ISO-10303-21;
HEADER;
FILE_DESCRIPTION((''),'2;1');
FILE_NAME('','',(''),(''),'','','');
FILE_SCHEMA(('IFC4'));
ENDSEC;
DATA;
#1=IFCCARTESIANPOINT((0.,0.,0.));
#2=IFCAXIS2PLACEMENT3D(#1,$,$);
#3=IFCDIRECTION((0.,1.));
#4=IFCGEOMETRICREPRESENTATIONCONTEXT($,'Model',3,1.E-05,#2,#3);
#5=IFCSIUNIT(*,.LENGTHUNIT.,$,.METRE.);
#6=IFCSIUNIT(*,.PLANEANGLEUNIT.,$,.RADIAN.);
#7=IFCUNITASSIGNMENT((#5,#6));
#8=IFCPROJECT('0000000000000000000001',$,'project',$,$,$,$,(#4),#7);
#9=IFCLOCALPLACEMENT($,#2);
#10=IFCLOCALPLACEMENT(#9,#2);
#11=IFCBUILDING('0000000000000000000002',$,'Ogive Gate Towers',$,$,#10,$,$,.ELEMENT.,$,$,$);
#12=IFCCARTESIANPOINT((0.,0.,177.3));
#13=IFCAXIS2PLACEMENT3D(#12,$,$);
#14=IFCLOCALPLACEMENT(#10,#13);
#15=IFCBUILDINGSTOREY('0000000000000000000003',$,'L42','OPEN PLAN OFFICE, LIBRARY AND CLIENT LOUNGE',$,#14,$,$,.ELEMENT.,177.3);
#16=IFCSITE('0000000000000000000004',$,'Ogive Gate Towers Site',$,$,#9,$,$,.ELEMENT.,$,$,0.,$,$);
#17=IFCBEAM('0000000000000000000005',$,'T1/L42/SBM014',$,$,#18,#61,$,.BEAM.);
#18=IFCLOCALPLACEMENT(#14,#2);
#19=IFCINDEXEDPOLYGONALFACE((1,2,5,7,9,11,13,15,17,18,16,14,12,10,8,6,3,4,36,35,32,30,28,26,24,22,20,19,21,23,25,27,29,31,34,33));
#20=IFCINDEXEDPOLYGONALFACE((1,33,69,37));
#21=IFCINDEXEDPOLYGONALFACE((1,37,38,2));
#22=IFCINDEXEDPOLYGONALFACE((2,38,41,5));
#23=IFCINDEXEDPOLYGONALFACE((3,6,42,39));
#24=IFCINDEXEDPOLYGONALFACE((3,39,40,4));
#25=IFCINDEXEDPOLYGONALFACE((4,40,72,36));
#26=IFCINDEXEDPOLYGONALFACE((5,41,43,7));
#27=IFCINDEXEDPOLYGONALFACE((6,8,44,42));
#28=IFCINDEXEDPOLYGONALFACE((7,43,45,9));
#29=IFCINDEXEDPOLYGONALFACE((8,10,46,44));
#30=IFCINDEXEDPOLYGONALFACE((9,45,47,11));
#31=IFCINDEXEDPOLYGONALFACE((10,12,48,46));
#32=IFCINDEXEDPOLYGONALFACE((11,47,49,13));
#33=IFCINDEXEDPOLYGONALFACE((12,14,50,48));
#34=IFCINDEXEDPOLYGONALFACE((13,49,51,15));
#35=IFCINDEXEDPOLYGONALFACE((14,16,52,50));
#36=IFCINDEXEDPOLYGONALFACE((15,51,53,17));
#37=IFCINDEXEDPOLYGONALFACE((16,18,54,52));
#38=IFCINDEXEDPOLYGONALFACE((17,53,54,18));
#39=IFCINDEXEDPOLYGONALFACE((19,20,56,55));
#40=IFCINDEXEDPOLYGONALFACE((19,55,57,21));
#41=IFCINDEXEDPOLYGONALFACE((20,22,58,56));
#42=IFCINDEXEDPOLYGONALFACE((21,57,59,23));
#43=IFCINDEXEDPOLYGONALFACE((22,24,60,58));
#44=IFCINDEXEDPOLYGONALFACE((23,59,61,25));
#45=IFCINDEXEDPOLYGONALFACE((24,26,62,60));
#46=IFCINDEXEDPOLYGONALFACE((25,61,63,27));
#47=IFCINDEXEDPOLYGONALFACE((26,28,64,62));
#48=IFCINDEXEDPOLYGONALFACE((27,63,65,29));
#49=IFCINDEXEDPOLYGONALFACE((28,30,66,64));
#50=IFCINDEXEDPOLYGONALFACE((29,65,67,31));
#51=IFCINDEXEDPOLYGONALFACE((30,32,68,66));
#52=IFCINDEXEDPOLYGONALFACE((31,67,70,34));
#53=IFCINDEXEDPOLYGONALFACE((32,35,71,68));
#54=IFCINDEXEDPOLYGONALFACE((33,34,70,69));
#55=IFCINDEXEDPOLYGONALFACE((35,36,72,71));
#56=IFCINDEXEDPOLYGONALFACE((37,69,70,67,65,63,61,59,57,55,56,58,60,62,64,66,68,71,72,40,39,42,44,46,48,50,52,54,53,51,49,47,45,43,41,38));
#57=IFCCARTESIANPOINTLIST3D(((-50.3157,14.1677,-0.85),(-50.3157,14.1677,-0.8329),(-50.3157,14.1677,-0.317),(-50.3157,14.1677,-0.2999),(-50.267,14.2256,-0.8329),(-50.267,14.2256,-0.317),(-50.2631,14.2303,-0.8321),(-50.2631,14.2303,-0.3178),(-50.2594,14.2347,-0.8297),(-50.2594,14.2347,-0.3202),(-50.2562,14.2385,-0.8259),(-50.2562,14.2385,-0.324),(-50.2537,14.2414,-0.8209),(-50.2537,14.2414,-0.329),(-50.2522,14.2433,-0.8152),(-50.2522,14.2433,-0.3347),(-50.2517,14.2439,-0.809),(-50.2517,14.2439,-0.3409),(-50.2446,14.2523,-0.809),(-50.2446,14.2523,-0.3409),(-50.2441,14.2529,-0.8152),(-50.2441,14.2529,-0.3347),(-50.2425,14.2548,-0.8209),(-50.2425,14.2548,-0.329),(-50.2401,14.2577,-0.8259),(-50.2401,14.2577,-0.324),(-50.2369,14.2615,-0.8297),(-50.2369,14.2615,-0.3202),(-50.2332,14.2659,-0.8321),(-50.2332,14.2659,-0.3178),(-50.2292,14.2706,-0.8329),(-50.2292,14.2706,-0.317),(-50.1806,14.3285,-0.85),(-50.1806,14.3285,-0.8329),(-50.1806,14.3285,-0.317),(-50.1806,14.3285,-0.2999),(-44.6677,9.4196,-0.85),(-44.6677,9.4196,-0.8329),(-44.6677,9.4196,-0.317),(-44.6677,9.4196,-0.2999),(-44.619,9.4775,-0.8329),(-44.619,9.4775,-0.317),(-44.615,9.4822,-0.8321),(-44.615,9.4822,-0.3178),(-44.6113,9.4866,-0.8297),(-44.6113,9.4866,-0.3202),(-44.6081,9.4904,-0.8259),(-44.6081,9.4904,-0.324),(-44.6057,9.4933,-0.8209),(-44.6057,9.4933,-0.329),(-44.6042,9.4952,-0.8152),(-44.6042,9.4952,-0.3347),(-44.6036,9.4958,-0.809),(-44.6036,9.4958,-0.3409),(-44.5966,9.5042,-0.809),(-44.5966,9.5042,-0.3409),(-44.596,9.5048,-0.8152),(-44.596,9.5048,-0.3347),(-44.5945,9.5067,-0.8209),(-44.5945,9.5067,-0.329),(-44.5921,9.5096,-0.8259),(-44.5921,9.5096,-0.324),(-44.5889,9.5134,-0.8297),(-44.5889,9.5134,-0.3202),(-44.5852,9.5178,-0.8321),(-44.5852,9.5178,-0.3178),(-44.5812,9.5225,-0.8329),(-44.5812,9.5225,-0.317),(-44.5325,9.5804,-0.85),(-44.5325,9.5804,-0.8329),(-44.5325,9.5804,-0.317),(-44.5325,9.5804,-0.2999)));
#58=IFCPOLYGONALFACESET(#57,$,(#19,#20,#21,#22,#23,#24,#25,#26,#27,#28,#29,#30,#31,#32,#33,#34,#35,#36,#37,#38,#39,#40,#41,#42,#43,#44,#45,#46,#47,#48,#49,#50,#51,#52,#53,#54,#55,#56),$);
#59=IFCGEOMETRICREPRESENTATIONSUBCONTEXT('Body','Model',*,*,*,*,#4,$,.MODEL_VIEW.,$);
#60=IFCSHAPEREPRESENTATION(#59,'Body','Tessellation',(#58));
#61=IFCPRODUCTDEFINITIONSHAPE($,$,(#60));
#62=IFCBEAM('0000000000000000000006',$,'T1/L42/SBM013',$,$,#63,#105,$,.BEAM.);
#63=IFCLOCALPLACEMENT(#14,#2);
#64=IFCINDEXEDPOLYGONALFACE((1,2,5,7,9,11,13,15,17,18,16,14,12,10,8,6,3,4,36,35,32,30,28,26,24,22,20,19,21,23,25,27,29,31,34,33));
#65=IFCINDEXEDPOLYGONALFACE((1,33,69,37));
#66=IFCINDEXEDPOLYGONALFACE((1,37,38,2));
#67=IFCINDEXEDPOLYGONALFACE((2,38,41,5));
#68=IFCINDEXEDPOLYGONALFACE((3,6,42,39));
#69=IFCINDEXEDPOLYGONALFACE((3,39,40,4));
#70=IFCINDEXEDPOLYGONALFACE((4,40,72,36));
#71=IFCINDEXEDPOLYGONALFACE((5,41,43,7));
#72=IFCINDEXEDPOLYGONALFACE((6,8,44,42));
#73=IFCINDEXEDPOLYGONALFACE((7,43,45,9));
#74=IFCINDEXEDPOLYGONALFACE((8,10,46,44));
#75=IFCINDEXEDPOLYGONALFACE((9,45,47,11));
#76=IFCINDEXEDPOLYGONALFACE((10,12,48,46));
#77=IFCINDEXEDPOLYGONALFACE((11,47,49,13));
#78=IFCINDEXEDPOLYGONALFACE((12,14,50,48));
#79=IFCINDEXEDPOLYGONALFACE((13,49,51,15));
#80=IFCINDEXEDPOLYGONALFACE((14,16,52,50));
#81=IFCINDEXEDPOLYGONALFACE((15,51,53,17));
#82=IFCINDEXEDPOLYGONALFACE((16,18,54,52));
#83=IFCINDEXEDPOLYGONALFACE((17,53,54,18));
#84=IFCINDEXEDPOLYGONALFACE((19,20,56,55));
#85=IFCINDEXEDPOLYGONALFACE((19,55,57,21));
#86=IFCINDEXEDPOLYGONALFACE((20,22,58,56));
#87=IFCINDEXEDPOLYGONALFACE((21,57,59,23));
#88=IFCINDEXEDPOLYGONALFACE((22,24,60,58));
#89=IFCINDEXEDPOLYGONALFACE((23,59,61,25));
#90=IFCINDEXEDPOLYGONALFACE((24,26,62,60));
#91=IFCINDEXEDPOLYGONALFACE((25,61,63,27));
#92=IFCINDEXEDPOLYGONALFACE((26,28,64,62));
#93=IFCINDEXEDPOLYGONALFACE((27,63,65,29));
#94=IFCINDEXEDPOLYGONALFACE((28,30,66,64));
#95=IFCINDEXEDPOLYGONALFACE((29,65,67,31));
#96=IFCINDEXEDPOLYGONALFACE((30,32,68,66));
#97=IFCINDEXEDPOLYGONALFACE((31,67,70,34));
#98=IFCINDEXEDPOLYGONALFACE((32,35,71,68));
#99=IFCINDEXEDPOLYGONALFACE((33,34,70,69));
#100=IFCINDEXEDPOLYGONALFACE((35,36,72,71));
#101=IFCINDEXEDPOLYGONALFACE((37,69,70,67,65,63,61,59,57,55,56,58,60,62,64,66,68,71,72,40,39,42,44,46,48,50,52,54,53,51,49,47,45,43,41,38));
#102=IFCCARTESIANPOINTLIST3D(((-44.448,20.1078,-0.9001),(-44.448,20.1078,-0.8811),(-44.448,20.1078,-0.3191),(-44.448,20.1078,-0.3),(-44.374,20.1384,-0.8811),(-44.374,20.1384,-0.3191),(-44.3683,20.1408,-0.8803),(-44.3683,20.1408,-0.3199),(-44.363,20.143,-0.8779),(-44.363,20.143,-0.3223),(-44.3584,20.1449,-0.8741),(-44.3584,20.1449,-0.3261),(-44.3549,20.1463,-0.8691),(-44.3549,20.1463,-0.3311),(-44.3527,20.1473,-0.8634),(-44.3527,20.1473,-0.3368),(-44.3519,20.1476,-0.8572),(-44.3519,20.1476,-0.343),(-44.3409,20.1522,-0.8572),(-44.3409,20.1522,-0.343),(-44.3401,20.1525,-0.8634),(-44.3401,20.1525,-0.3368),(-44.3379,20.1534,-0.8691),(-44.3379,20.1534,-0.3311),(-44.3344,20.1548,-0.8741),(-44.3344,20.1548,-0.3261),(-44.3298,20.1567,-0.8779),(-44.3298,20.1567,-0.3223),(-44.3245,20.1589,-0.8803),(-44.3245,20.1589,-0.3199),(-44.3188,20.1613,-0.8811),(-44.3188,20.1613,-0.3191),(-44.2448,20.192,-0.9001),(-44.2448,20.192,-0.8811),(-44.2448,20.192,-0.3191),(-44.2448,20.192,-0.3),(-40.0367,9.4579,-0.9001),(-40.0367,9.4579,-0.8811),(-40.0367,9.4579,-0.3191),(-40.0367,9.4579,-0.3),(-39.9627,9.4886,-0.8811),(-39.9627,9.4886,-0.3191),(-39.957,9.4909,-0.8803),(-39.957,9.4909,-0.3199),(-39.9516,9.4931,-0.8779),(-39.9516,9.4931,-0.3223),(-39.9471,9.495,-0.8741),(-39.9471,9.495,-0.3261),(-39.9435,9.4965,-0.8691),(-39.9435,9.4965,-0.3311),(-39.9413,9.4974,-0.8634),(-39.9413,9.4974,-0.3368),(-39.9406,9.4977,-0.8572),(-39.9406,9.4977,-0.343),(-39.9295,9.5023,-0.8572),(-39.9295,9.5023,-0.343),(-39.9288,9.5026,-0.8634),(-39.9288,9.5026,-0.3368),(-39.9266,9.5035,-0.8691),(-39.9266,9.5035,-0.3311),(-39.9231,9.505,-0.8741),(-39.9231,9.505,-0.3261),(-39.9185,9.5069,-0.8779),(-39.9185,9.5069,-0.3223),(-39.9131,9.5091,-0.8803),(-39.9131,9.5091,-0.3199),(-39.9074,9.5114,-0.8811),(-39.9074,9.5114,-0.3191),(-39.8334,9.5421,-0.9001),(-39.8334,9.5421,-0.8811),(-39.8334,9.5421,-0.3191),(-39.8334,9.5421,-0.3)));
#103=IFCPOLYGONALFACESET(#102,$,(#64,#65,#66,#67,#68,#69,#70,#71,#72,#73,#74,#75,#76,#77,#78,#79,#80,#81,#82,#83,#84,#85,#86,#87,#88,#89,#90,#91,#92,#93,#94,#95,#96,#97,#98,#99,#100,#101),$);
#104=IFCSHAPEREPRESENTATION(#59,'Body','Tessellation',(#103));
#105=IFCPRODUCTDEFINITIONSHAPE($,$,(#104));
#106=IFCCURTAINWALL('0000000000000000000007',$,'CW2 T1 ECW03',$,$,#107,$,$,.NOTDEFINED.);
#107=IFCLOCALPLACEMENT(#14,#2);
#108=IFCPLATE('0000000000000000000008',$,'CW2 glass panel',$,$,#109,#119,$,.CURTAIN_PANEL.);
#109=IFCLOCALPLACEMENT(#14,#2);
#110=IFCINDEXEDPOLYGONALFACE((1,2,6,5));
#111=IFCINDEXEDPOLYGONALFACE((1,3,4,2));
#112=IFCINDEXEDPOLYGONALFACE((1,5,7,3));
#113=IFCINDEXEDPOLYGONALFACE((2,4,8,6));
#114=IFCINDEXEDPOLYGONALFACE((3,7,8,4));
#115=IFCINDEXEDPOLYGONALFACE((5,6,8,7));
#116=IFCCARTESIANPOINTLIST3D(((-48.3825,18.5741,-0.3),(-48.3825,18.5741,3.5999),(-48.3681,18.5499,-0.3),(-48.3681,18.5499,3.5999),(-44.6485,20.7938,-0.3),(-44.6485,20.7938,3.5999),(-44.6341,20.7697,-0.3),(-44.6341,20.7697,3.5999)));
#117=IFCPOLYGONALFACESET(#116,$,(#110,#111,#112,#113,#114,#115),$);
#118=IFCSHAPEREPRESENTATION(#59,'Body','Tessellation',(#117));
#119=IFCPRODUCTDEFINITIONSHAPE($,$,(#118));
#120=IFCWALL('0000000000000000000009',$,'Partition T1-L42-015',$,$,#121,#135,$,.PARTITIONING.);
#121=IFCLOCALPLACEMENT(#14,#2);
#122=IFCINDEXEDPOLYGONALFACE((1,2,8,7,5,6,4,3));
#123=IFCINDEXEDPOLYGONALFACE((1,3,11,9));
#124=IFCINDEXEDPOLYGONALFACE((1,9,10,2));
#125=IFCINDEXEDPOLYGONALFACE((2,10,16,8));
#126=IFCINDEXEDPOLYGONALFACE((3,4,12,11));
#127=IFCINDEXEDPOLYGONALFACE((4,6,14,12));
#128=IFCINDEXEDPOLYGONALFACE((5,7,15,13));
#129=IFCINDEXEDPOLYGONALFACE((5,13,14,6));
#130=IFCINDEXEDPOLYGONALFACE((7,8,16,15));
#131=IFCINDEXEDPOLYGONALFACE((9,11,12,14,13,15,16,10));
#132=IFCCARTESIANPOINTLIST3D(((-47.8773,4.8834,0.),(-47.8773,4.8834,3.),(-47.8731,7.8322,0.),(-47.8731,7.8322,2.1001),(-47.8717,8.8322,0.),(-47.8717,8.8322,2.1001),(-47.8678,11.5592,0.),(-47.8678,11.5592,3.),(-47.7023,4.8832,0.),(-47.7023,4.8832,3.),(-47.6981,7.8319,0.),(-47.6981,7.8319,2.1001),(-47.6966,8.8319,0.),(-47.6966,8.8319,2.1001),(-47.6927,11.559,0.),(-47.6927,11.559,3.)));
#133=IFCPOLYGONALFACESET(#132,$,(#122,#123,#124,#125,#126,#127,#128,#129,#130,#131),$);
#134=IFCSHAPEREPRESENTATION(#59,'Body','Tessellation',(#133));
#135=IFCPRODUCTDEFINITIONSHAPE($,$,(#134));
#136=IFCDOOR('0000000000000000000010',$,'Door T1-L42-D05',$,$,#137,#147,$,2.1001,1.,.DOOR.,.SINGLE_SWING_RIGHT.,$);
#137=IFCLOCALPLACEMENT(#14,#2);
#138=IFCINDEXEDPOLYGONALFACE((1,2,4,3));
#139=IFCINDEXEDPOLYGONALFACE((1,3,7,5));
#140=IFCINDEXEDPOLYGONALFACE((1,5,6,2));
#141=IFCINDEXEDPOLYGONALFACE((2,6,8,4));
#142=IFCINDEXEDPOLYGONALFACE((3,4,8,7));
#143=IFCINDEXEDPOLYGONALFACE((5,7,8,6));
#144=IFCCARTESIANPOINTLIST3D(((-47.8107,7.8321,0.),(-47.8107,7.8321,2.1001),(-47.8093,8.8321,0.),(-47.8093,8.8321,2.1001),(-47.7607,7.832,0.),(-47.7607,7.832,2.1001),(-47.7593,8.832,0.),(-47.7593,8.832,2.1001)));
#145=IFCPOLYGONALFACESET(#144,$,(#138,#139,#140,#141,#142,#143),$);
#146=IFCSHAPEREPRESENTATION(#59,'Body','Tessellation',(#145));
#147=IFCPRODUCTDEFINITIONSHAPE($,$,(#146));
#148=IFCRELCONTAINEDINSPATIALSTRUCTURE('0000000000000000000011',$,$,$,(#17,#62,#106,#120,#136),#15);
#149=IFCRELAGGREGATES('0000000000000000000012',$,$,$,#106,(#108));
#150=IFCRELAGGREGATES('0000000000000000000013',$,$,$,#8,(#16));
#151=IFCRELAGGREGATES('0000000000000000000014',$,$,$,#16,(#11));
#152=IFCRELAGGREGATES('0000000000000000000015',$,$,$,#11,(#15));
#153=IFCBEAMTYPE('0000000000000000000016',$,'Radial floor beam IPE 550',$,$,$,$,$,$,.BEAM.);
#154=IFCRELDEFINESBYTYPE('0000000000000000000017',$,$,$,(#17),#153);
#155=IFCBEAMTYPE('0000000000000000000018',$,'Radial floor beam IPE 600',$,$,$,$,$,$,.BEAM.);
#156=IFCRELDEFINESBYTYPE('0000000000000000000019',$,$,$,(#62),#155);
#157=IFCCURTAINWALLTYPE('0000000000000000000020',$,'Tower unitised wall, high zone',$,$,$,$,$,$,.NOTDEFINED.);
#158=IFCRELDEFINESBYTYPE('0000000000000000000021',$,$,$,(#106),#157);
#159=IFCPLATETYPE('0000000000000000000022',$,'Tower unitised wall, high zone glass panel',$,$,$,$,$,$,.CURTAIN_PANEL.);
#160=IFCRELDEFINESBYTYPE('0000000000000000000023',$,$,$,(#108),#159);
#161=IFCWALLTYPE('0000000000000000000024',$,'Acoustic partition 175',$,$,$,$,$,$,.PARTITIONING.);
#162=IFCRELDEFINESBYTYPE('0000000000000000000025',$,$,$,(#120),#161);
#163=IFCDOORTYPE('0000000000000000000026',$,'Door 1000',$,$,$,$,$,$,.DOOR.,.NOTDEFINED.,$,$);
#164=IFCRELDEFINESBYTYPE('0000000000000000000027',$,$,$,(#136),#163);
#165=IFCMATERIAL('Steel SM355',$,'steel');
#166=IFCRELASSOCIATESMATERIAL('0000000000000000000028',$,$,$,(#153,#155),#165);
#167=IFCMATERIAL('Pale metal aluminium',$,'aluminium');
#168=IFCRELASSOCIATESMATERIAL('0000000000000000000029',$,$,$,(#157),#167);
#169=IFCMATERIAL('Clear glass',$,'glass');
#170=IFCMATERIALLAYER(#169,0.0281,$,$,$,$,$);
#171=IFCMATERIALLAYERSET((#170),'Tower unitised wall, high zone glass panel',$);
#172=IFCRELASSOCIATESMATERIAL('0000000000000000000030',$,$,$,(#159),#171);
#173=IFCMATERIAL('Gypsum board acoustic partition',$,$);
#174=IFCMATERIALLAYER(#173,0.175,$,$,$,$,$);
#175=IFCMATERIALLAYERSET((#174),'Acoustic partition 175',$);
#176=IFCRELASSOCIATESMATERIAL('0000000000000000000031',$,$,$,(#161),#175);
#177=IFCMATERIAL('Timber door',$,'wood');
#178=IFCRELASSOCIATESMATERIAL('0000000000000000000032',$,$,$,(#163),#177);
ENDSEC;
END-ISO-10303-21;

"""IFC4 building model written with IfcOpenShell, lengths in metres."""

from ifc_helpers import new_model, si_unit, direction, frame, frame_2d, origin, origin_2d, place, context, subcontext, project, spatial, rectangle, i_section, extrude, material, layer, layer_set, material_profile, profile_set, type_object, element, fill, aggregate, save


model = new_model("IFC4")

# Units and contexts
model_context = context("Model", 3, precision=1e-05, world=origin(), true_north=direction((0.0, 1.0)))
body_context = subcontext(model_context, "Body", "Model", "MODEL_VIEW")
ifc_project = project(units=[si_unit("LENGTHUNIT", "METRE"), si_unit("PLANEANGLEUNIT", "RADIAN")], contexts=[model_context])

# Site, building, storey
site_placement = place(None, origin())
site = spatial("IfcSite", under=ifc_project, at=site_placement, Name="Ogive Gate Towers Site", CompositionType="ELEMENT", RefElevation=0.0)
building_placement = place(site_placement, origin())
building = spatial("IfcBuilding", under=site, at=building_placement, Name="Ogive Gate Towers", CompositionType="ELEMENT")
storey_placement = place(building_placement, frame((0.0, 0.0, 177.3)))
storey = spatial("IfcBuildingStorey", under=building, at=storey_placement, Name="L42", Description="OPEN PLAN OFFICE, LIBRARY AND CLIENT LOUNGE", CompositionType="ELEMENT", Elevation=177.3)

# Beams
ifc_material_1 = material(Name="Steel SM355", Category="steel")
ifc_material_profile_1 = material_profile(ifc_material_1, i_section(OverallWidth=0.21, OverallDepth=0.55, WebThickness=0.011, FlangeThickness=0.0171, FilletRadius=0.0239, at=origin_2d()), Name="IPE 550")
ifc_profile_set_1 = profile_set([ifc_material_profile_1], Name="Steel SM355")
beam_type_1 = type_object("IfcBeamType", Name="Radial floor beam IPE 550", PredefinedType="BEAM", material=ifc_profile_set_1)
beam_1_placement = place(storey_placement, frame((-44.6001, 9.5, -0.575), z_axis=(-0.765453, 0.643492, 0.0), x_axis=(-0.643492, -0.765453, 0.0)))
element("IfcBeam", 1, at=beam_1_placement, inside=storey, type_object=beam_type_1, Name="T1/L42/SBM014", PredefinedType="BEAM", context=body_context, shape_type="SweptSolid", body=[
    extrude(i_section(OverallWidth=0.21, OverallDepth=0.55, WebThickness=0.011, FlangeThickness=0.0171, FilletRadius=0.0239, at=origin_2d()), origin(), (0.0, 0.0, 1.0), 7.3787),
])
ifc_material_profile_2 = material_profile(ifc_material_1, i_section(OverallWidth=0.22, OverallDepth=0.6001, WebThickness=0.012, FlangeThickness=0.019, FilletRadius=0.0239, at=origin_2d()), Name="IPE 600")
ifc_profile_set_2 = profile_set([ifc_material_profile_2], Name="Steel SM355")
beam_type_2 = type_object("IfcBeamType", Name="Radial floor beam IPE 600", PredefinedType="BEAM", material=ifc_profile_set_2)
beam_2_placement = place(storey_placement, frame((-39.9351, 9.5, -0.6001), z_axis=(-0.382687, 0.923878, 0.0), x_axis=(-0.923878, -0.382687, 0.0)))
element("IfcBeam", 2, at=beam_2_placement, inside=storey, type_object=beam_type_2, Name="T1/L42/SBM013", PredefinedType="BEAM", context=body_context, shape_type="SweptSolid", body=[
    extrude(i_section(OverallWidth=0.22, OverallDepth=0.6001, WebThickness=0.012, FlangeThickness=0.019, FilletRadius=0.0239, at=origin_2d()), origin(), (0.0, 0.0, 1.0), 11.5273),
])

# Curtain wall, plate
ifc_material_2 = material(Name="Pale metal aluminium", Category="aluminium")
curtain_wall_type = type_object("IfcCurtainWallType", Name="Tower unitised wall, high zone", PredefinedType="NOTDEFINED", material=ifc_material_2)
curtain_wall_placement = place(storey_placement, origin())
curtain_wall = element("IfcCurtainWall", 3, at=curtain_wall_placement, inside=storey, type_object=curtain_wall_type, Name="CW2 T1 ECW03", PredefinedType="NOTDEFINED")
ifc_material_3 = material(Name="Clear glass", Category="glass")
ifc_layer_1 = layer(ifc_material_3, 0.0281)
ifc_layer_set_1 = layer_set([ifc_layer_1], Name="Tower unitised wall, high zone glass panel")
plate_type = type_object("IfcPlateType", Name="Tower unitised wall, high zone glass panel", PredefinedType="CURTAIN_PANEL", material=ifc_layer_set_1)
plate_placement = place(storey_placement, frame((-46.5083, 19.6719, -0.3), z_axis=(0.0, 0.0, 1.0), x_axis=(-0.859585, -0.510993, 0.0)))
plate = element("IfcPlate", 4, at=plate_placement, type_object=plate_type, Name="CW2 glass panel", PredefinedType="CURTAIN_PANEL", context=body_context, shape_type="SweptSolid", body=[
    extrude(rectangle(XDim=4.344, YDim=0.0281, at=origin_2d()), origin(), (0.0, 0.0, 1.0), 3.8999),
])
aggregate(curtain_wall, [plate])

# Wall, opening, door
ifc_material_4 = material(Name="Gypsum board acoustic partition")
ifc_layer_2 = layer(ifc_material_4, 0.175)
ifc_layer_set_2 = layer_set([ifc_layer_2], Name="Acoustic partition 175")
wall_type_1 = type_object("IfcWallType", Name="Acoustic partition 175", PredefinedType="PARTITIONING", material=ifc_layer_set_2)
wall_1_placement = place(storey_placement, frame((-47.7803, 11.5591, 0.0), z_axis=(0.0, 0.0, 1.0), x_axis=(-0.001426, -0.999999, 0.0)))
wall_1 = element("IfcWall", 5, at=wall_1_placement, inside=storey, type_object=wall_type_1, Name="Partition T1-L42-015", PredefinedType="PARTITIONING", context=body_context, shape_type="SweptSolid", body=[
    extrude(rectangle(XDim=6.6758, YDim=0.175, at=frame_2d((3.3379, 0.0))), origin(), (0.0, 0.0, 1.0), 3.0),
])
opening_1_placement = place(wall_1_placement, frame((2.7271, 0.0, 0.0)))
opening_1 = element("IfcOpeningElement", 6, at=opening_1_placement, cuts=wall_1, PredefinedType="OPENING", context=body_context, shape_type="SweptSolid", body=[
    extrude(rectangle(XDim=1.0, YDim=2.1001, at=frame_2d((0.5, 1.05))), frame((0.0, 0.0977, 0.0), z_axis=(0.0, -1.0, 0.0), x_axis=(1.0, 0.0, 0.0)), (0.0, 0.0, 1.0), 0.1951),
])
ifc_material_5 = material(Name="Timber door", Category="wood")
door_type_1 = type_object("IfcDoorType", Name="Door 1000", OperationType="NOTDEFINED", PredefinedType="DOOR", material=ifc_material_5)
door_1_placement = place(opening_1_placement, origin())
door_1 = element("IfcDoor", 7, at=door_1_placement, inside=storey, type_object=door_type_1, Name="Door T1-L42-D05", OperationType="SINGLE_SWING_RIGHT", OverallHeight=2.1001, OverallWidth=1.0, PredefinedType="DOOR", context=body_context, shape_type="SweptSolid", body=[
    extrude(rectangle(XDim=1.0, YDim=2.1001, at=frame_2d((0.5, 1.05))), frame((0.0, 0.0249, 0.0), z_axis=(0.0, -1.0, 0.0), x_axis=(1.0, 0.0, 0.0)), (0.0, 0.0, 1.0), 0.05),
])
fill(opening_1, door_1)

save(model, "model.ifc")
